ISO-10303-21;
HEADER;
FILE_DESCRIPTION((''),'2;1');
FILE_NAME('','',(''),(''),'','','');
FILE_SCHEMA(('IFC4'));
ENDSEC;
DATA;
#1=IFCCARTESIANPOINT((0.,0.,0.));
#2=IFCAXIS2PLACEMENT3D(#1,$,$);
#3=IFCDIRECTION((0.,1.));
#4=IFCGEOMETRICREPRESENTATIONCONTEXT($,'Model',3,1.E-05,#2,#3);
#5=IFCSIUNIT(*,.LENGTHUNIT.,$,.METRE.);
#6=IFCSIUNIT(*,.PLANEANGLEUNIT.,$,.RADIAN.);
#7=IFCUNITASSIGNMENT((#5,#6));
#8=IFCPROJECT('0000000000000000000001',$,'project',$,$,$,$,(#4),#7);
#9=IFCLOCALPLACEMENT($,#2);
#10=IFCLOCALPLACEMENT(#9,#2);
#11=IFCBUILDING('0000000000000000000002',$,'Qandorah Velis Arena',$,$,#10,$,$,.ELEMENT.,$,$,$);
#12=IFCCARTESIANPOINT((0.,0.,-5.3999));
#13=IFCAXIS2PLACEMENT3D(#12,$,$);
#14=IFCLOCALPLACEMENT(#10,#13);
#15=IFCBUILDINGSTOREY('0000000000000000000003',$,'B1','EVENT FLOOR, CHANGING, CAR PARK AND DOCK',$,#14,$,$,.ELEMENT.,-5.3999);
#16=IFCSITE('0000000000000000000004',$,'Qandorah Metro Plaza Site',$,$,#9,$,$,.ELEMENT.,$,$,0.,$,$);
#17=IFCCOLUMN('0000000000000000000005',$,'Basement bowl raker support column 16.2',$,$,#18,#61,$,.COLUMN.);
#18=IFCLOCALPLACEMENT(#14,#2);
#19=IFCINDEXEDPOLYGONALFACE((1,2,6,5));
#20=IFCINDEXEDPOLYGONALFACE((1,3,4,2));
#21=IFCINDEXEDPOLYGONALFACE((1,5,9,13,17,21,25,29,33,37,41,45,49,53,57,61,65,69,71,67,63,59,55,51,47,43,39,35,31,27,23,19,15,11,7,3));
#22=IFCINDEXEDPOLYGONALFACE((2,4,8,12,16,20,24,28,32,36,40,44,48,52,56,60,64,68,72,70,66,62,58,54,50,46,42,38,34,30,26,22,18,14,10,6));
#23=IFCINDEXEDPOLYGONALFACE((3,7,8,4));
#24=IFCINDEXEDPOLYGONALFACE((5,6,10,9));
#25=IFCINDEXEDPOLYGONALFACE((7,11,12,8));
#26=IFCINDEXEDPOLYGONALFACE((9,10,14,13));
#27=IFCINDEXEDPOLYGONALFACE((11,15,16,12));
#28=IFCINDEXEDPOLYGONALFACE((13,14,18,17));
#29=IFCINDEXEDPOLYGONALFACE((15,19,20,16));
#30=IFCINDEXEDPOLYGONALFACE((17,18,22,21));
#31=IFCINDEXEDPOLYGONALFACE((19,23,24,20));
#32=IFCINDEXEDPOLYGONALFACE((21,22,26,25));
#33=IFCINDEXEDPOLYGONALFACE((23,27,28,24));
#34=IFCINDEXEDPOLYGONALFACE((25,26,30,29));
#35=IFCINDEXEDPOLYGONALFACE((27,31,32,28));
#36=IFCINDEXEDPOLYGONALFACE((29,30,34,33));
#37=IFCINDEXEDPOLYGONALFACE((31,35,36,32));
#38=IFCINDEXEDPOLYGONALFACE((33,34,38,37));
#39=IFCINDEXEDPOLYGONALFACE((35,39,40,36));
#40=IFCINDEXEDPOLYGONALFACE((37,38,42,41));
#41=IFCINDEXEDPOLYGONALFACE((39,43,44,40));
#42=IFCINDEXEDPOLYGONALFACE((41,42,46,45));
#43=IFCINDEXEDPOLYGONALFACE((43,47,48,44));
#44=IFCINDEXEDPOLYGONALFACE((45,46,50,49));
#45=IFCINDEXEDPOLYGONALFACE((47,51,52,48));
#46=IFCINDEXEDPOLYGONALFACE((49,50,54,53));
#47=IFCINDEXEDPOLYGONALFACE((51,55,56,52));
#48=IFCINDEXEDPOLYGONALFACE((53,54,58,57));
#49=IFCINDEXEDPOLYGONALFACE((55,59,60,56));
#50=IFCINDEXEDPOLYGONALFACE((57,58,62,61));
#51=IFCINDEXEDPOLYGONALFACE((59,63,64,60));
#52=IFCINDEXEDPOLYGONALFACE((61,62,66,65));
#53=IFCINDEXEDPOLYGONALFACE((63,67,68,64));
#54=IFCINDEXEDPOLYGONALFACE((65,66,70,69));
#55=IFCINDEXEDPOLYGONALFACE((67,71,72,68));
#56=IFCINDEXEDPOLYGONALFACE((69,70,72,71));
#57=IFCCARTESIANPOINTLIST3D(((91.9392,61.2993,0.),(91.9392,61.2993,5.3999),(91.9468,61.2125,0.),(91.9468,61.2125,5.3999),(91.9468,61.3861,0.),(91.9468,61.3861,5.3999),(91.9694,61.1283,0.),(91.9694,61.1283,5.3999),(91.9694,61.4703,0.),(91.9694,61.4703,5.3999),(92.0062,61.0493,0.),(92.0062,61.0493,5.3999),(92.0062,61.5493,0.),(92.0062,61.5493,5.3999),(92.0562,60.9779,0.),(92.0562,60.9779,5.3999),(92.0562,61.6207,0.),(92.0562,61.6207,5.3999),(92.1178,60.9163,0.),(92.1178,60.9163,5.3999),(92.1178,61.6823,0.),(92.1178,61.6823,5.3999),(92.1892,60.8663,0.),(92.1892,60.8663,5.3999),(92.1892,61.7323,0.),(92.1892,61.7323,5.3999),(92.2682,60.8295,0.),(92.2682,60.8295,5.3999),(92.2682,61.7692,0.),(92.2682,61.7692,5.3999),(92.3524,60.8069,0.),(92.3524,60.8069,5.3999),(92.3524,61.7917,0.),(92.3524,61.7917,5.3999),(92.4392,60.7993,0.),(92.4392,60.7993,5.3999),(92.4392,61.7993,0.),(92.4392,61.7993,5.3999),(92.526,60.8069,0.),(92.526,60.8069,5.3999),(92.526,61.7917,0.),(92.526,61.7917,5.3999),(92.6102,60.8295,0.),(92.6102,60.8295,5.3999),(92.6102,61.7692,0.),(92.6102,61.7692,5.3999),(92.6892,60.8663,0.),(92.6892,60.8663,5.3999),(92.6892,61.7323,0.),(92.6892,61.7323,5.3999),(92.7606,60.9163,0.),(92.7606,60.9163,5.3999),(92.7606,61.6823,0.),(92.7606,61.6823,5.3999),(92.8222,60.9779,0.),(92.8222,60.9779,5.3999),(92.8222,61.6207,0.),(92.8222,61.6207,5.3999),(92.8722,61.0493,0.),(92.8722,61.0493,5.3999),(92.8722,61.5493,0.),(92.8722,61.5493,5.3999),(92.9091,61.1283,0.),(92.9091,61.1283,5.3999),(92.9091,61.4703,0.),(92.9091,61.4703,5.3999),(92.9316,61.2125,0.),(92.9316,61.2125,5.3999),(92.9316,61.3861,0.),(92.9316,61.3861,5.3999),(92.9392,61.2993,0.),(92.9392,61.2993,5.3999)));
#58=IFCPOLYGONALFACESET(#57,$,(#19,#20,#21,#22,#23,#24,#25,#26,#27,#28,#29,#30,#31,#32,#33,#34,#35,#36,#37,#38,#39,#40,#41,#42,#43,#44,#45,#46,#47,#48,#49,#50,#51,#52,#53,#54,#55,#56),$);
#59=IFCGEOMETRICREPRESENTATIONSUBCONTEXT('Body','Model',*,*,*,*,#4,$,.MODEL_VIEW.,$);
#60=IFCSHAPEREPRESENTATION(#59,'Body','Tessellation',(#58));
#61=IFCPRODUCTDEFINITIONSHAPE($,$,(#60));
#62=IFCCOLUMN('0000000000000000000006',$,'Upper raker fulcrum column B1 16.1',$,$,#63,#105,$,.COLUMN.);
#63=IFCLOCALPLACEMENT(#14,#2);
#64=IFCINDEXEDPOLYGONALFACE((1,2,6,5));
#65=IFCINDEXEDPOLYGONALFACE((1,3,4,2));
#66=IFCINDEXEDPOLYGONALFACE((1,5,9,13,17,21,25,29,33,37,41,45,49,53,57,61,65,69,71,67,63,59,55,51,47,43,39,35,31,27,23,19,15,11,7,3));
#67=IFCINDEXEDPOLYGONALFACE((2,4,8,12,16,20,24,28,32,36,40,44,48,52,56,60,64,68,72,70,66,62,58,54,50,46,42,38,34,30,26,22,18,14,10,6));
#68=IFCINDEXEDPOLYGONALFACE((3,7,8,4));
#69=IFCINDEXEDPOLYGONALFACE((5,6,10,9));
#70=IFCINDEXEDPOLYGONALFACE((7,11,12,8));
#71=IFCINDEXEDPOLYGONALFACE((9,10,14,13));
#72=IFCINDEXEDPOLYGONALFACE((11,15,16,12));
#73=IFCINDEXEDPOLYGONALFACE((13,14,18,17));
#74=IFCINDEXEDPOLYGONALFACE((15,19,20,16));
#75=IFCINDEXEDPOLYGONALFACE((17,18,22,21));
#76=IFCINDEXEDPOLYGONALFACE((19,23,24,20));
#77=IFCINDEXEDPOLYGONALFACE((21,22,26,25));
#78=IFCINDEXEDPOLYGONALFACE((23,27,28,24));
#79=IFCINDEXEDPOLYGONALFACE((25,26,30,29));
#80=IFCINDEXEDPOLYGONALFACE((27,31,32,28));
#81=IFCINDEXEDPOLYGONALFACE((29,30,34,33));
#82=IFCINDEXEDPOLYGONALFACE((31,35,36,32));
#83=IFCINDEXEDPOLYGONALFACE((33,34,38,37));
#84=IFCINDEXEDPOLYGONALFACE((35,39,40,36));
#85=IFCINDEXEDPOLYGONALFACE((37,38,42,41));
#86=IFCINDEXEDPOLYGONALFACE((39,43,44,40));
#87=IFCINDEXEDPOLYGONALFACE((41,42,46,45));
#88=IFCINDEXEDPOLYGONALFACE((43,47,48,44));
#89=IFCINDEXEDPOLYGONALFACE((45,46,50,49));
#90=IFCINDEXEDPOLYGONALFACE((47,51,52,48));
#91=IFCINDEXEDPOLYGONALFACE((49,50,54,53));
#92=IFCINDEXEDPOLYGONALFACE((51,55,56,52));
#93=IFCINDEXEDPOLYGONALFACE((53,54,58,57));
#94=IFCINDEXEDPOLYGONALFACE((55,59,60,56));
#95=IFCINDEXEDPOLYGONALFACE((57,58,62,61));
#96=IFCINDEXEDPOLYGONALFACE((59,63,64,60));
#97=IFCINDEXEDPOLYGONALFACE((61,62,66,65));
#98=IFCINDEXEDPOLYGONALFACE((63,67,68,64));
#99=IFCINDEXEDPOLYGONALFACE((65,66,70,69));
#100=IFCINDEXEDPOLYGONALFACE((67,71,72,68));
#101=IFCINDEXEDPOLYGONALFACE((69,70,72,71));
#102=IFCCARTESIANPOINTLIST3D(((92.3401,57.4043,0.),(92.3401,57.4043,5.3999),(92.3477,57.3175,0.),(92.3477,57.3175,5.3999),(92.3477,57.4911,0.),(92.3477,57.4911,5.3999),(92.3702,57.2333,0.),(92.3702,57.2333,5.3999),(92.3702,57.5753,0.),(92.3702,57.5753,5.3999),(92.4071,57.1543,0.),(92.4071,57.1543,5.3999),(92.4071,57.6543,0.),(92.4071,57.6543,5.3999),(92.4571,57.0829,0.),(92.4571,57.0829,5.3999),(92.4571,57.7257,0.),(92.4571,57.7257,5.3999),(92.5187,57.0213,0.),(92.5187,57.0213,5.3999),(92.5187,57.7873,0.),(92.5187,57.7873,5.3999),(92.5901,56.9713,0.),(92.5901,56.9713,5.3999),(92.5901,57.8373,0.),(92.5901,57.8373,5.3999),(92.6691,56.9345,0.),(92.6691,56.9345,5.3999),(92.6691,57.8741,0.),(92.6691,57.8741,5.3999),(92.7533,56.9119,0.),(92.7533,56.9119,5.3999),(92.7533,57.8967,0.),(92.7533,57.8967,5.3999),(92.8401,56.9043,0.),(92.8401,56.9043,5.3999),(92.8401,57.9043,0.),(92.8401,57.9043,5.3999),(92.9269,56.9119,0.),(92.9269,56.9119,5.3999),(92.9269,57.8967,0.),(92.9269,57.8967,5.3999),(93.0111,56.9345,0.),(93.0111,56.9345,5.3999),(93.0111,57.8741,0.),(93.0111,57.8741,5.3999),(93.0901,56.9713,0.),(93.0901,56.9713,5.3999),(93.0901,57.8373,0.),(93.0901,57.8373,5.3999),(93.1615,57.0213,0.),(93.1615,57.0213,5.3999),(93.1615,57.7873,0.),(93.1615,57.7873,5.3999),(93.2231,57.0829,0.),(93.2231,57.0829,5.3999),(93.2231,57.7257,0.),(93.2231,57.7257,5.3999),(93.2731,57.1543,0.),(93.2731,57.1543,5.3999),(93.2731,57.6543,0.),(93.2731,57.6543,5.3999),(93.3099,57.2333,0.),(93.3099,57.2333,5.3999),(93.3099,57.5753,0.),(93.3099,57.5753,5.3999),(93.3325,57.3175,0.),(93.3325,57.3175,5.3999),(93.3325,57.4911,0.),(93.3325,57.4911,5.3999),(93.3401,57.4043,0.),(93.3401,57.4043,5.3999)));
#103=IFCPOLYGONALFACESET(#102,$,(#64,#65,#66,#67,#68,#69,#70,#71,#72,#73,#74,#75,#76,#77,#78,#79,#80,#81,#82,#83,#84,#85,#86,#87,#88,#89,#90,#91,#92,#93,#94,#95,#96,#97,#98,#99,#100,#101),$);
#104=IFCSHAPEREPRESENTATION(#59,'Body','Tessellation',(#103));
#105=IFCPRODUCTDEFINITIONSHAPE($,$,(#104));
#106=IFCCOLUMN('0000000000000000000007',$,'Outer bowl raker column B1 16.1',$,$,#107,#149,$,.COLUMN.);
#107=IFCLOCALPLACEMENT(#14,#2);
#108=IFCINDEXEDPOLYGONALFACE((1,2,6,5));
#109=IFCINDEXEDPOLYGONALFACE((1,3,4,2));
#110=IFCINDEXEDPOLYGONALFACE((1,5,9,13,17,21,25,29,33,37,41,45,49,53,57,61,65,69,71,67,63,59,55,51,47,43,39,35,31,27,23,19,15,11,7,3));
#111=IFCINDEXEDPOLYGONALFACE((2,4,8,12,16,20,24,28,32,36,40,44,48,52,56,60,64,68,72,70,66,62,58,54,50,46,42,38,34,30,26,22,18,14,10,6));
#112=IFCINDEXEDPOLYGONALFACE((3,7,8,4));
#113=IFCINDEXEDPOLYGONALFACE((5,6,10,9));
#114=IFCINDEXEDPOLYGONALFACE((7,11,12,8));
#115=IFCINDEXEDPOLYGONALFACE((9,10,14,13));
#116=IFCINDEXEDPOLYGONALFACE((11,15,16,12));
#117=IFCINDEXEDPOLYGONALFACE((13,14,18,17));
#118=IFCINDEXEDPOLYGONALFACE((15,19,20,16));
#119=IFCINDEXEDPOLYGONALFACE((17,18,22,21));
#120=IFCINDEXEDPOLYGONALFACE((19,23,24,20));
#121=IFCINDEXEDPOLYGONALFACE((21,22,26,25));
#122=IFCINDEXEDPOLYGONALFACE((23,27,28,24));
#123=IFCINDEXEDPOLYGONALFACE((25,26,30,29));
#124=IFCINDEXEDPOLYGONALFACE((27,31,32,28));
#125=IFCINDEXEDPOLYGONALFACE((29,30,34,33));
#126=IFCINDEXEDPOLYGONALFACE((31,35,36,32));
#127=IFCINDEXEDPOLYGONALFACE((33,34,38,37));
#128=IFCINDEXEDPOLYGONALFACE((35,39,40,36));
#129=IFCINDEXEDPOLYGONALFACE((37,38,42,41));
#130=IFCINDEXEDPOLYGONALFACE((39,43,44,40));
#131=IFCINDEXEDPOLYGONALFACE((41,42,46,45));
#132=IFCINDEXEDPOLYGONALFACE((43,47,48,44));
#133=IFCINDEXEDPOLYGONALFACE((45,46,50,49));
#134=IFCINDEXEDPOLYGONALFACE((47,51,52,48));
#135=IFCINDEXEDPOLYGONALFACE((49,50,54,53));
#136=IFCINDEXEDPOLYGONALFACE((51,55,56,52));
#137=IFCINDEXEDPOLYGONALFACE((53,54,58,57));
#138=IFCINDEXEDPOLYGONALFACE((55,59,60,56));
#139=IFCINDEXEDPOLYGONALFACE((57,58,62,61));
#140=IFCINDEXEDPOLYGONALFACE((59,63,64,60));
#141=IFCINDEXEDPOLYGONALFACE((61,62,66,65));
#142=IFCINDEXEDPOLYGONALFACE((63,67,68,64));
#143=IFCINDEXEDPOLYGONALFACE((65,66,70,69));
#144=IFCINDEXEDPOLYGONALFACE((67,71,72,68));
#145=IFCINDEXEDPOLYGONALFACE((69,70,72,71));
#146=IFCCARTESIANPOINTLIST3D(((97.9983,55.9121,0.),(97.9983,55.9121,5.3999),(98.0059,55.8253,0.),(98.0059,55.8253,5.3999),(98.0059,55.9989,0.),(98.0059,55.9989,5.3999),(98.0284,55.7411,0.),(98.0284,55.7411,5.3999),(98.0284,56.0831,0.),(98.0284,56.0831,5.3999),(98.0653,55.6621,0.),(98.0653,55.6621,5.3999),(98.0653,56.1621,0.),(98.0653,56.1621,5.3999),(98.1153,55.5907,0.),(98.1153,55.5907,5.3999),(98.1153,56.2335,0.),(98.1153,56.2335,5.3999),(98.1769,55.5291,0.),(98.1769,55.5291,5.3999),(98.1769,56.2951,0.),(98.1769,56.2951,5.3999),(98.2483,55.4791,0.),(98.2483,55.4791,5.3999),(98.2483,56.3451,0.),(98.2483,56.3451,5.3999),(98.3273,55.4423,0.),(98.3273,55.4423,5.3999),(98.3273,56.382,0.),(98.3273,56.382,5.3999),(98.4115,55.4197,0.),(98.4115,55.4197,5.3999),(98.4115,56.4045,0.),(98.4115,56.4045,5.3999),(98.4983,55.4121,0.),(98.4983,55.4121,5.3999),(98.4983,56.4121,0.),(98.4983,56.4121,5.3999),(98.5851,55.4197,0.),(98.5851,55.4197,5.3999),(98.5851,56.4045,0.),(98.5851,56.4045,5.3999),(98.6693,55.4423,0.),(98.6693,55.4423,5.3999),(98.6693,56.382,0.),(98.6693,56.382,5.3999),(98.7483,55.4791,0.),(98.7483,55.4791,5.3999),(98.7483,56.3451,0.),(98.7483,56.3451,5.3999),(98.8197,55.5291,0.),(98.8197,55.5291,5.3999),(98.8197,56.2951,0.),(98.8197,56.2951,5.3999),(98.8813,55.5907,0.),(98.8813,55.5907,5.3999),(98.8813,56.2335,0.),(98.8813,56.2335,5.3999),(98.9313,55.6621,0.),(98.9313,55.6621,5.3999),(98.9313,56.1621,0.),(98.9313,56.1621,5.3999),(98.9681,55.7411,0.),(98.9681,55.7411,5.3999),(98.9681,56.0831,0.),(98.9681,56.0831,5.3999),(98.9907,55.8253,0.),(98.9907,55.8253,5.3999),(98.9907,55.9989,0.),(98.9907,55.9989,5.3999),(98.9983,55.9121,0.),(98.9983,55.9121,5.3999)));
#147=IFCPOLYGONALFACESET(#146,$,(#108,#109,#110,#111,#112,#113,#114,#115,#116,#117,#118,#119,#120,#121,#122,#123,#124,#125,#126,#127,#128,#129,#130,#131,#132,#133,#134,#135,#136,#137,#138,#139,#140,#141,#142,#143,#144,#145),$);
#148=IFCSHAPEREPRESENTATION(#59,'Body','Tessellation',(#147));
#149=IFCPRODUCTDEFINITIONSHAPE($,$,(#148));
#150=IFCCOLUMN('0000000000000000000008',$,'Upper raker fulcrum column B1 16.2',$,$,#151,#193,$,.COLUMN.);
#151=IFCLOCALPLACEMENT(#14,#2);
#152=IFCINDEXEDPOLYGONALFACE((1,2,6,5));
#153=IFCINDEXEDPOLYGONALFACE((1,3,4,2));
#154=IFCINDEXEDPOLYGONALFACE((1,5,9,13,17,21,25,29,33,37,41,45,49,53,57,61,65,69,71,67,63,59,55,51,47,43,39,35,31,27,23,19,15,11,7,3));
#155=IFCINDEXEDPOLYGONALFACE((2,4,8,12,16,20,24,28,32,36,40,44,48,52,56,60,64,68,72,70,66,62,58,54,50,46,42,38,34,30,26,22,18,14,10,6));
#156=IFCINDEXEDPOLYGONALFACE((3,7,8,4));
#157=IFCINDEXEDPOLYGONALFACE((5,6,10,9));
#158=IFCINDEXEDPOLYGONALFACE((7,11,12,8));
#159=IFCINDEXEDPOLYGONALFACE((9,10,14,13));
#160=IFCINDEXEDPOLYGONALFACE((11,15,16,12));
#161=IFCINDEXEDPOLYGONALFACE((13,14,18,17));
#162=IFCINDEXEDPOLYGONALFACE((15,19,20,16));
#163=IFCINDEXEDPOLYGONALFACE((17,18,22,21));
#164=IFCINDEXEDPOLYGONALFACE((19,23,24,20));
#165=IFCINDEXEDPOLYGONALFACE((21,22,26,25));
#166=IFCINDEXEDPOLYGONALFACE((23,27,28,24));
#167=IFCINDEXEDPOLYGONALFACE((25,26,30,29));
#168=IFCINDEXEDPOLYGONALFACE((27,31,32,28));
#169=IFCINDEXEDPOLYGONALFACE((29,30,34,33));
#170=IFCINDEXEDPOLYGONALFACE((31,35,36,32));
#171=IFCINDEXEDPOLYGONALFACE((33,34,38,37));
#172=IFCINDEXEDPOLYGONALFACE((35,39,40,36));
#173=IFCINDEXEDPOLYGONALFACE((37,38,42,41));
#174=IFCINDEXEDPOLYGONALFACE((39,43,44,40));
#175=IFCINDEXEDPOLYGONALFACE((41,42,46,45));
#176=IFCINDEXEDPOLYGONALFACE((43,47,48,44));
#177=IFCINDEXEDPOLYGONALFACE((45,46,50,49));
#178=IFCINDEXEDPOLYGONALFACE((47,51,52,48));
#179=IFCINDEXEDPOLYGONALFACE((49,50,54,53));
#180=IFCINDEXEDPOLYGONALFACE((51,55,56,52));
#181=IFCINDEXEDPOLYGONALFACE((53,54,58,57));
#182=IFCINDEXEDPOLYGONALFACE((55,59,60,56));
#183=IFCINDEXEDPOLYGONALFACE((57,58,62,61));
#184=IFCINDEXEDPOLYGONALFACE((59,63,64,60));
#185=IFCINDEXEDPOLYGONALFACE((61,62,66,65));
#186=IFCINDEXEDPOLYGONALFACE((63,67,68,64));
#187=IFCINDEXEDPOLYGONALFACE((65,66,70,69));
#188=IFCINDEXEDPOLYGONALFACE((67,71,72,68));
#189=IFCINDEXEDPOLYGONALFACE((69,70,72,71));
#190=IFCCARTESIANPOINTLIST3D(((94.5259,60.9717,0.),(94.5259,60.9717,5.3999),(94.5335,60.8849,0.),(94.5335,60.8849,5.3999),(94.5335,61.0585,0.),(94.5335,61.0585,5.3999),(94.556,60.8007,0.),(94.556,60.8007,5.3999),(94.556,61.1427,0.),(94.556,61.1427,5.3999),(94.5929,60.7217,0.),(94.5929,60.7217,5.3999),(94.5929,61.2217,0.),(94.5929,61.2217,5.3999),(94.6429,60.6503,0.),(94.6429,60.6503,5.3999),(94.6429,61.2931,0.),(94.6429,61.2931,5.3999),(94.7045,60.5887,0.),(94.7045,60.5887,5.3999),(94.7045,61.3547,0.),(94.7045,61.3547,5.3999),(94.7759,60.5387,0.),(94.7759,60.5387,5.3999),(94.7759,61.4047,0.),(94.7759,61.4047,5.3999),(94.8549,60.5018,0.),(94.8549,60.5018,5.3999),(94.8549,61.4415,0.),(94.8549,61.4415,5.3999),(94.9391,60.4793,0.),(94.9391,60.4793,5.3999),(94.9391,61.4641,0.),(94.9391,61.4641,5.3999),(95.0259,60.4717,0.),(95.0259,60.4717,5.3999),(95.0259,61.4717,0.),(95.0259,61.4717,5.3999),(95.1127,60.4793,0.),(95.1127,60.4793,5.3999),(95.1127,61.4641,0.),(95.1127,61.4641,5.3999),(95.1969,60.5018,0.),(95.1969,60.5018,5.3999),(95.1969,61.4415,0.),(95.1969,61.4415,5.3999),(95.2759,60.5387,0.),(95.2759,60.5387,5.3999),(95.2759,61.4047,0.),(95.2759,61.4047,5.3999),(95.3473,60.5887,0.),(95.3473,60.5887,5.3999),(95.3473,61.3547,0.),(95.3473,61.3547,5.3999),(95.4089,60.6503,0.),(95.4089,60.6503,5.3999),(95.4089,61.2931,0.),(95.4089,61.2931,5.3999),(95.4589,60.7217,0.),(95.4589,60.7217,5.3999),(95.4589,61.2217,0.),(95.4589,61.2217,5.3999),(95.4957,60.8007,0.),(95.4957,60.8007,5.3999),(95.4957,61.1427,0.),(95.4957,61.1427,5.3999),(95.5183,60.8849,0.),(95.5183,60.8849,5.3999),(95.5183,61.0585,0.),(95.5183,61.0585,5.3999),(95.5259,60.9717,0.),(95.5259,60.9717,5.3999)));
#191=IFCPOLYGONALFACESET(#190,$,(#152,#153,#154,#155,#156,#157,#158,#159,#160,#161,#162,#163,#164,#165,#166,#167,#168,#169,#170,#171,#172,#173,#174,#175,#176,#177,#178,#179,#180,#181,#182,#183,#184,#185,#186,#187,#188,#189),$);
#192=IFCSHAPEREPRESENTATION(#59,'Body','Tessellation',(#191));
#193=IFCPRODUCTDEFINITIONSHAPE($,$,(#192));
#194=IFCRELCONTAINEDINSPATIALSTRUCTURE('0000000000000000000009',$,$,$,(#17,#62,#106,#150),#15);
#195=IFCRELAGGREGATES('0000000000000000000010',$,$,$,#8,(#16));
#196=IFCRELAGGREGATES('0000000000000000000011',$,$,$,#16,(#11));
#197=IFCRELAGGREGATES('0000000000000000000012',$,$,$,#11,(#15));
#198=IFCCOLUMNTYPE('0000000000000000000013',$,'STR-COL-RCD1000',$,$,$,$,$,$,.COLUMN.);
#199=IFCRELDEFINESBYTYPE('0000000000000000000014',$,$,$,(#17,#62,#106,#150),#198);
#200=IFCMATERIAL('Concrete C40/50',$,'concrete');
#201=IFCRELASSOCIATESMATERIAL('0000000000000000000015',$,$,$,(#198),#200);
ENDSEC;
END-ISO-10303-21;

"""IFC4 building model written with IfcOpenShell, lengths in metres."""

from ifc_helpers import new_model, si_unit, direction, frame, origin, origin_2d, place, context, subcontext, project, spatial, circle, extrude, material, material_profile, profile_set, type_object, element, save


model = new_model("IFC4")

# Units and contexts
model_context = context("Model", 3, precision=1e-05, world=origin(), true_north=direction((0.0, 1.0)))
body_context = subcontext(model_context, "Body", "Model", "MODEL_VIEW")
ifc_project = project(units=[si_unit("LENGTHUNIT", "METRE"), si_unit("PLANEANGLEUNIT", "RADIAN")], contexts=[model_context])

# Site, building, storey
site_placement = place(None, origin())
site = spatial("IfcSite", under=ifc_project, at=site_placement, Name="Qandorah Metro Plaza Site", CompositionType="ELEMENT", RefElevation=0.0)
building_placement = place(site_placement, origin())
building = spatial("IfcBuilding", under=site, at=building_placement, Name="Qandorah Velis Arena", CompositionType="ELEMENT")
storey_placement = place(building_placement, frame((0.0, 0.0, -5.3999)))
storey = spatial("IfcBuildingStorey", under=building, at=storey_placement, Name="B1", Description="EVENT FLOOR, CHANGING, CAR PARK AND DOCK", CompositionType="ELEMENT", Elevation=-5.3999)

# Shared definitions
ifc_material = material(Name="Concrete C40/50", Category="concrete")

# Columns
ifc_material_profile_1 = material_profile(ifc_material, circle(Radius=0.5, at=origin_2d()), Name="RC D1000")
ifc_profile_set_1 = profile_set([ifc_material_profile_1], Name="Concrete C40/50")
column_type_1 = type_object("IfcColumnType", Name="STR-COL-RCD1000", PredefinedType="COLUMN", material=ifc_profile_set_1)
for number, where, z_axis, x_axis, name in (
    (1, (92.4392, 61.2993, 0.0), (0.0, 0.0, 1.0), (1.0, 0.0, 0.0), "Basement bowl raker support column 16.2"),
    (2, (92.8401, 57.4043, 0.0), (0.0, 0.0, 1.0), (1.0, 0.0, 0.0), "Upper raker fulcrum column B1 16.1"),
    (3, (98.4983, 55.9121, 0.0), (0.0, 0.0, 1.0), (1.0, 0.0, 0.0), "Outer bowl raker column B1 16.1"),
    (4, (95.0259, 60.9717, 0.0), (0.0, 0.0, 1.0), (1.0, 0.0, 0.0), "Upper raker fulcrum column B1 16.2"),
):
    element("IfcColumn", number, at=place(storey_placement, frame(where, z_axis=z_axis, x_axis=x_axis)), inside=storey, type_object=column_type_1, Name=name, PredefinedType="COLUMN", context=body_context, shape_type="SweptSolid", body=[
        extrude(circle(Radius=0.5, at=origin_2d()), origin(), (0.0, 0.0, 1.0), 5.3999),
    ])

save(model, "model.ifc")
